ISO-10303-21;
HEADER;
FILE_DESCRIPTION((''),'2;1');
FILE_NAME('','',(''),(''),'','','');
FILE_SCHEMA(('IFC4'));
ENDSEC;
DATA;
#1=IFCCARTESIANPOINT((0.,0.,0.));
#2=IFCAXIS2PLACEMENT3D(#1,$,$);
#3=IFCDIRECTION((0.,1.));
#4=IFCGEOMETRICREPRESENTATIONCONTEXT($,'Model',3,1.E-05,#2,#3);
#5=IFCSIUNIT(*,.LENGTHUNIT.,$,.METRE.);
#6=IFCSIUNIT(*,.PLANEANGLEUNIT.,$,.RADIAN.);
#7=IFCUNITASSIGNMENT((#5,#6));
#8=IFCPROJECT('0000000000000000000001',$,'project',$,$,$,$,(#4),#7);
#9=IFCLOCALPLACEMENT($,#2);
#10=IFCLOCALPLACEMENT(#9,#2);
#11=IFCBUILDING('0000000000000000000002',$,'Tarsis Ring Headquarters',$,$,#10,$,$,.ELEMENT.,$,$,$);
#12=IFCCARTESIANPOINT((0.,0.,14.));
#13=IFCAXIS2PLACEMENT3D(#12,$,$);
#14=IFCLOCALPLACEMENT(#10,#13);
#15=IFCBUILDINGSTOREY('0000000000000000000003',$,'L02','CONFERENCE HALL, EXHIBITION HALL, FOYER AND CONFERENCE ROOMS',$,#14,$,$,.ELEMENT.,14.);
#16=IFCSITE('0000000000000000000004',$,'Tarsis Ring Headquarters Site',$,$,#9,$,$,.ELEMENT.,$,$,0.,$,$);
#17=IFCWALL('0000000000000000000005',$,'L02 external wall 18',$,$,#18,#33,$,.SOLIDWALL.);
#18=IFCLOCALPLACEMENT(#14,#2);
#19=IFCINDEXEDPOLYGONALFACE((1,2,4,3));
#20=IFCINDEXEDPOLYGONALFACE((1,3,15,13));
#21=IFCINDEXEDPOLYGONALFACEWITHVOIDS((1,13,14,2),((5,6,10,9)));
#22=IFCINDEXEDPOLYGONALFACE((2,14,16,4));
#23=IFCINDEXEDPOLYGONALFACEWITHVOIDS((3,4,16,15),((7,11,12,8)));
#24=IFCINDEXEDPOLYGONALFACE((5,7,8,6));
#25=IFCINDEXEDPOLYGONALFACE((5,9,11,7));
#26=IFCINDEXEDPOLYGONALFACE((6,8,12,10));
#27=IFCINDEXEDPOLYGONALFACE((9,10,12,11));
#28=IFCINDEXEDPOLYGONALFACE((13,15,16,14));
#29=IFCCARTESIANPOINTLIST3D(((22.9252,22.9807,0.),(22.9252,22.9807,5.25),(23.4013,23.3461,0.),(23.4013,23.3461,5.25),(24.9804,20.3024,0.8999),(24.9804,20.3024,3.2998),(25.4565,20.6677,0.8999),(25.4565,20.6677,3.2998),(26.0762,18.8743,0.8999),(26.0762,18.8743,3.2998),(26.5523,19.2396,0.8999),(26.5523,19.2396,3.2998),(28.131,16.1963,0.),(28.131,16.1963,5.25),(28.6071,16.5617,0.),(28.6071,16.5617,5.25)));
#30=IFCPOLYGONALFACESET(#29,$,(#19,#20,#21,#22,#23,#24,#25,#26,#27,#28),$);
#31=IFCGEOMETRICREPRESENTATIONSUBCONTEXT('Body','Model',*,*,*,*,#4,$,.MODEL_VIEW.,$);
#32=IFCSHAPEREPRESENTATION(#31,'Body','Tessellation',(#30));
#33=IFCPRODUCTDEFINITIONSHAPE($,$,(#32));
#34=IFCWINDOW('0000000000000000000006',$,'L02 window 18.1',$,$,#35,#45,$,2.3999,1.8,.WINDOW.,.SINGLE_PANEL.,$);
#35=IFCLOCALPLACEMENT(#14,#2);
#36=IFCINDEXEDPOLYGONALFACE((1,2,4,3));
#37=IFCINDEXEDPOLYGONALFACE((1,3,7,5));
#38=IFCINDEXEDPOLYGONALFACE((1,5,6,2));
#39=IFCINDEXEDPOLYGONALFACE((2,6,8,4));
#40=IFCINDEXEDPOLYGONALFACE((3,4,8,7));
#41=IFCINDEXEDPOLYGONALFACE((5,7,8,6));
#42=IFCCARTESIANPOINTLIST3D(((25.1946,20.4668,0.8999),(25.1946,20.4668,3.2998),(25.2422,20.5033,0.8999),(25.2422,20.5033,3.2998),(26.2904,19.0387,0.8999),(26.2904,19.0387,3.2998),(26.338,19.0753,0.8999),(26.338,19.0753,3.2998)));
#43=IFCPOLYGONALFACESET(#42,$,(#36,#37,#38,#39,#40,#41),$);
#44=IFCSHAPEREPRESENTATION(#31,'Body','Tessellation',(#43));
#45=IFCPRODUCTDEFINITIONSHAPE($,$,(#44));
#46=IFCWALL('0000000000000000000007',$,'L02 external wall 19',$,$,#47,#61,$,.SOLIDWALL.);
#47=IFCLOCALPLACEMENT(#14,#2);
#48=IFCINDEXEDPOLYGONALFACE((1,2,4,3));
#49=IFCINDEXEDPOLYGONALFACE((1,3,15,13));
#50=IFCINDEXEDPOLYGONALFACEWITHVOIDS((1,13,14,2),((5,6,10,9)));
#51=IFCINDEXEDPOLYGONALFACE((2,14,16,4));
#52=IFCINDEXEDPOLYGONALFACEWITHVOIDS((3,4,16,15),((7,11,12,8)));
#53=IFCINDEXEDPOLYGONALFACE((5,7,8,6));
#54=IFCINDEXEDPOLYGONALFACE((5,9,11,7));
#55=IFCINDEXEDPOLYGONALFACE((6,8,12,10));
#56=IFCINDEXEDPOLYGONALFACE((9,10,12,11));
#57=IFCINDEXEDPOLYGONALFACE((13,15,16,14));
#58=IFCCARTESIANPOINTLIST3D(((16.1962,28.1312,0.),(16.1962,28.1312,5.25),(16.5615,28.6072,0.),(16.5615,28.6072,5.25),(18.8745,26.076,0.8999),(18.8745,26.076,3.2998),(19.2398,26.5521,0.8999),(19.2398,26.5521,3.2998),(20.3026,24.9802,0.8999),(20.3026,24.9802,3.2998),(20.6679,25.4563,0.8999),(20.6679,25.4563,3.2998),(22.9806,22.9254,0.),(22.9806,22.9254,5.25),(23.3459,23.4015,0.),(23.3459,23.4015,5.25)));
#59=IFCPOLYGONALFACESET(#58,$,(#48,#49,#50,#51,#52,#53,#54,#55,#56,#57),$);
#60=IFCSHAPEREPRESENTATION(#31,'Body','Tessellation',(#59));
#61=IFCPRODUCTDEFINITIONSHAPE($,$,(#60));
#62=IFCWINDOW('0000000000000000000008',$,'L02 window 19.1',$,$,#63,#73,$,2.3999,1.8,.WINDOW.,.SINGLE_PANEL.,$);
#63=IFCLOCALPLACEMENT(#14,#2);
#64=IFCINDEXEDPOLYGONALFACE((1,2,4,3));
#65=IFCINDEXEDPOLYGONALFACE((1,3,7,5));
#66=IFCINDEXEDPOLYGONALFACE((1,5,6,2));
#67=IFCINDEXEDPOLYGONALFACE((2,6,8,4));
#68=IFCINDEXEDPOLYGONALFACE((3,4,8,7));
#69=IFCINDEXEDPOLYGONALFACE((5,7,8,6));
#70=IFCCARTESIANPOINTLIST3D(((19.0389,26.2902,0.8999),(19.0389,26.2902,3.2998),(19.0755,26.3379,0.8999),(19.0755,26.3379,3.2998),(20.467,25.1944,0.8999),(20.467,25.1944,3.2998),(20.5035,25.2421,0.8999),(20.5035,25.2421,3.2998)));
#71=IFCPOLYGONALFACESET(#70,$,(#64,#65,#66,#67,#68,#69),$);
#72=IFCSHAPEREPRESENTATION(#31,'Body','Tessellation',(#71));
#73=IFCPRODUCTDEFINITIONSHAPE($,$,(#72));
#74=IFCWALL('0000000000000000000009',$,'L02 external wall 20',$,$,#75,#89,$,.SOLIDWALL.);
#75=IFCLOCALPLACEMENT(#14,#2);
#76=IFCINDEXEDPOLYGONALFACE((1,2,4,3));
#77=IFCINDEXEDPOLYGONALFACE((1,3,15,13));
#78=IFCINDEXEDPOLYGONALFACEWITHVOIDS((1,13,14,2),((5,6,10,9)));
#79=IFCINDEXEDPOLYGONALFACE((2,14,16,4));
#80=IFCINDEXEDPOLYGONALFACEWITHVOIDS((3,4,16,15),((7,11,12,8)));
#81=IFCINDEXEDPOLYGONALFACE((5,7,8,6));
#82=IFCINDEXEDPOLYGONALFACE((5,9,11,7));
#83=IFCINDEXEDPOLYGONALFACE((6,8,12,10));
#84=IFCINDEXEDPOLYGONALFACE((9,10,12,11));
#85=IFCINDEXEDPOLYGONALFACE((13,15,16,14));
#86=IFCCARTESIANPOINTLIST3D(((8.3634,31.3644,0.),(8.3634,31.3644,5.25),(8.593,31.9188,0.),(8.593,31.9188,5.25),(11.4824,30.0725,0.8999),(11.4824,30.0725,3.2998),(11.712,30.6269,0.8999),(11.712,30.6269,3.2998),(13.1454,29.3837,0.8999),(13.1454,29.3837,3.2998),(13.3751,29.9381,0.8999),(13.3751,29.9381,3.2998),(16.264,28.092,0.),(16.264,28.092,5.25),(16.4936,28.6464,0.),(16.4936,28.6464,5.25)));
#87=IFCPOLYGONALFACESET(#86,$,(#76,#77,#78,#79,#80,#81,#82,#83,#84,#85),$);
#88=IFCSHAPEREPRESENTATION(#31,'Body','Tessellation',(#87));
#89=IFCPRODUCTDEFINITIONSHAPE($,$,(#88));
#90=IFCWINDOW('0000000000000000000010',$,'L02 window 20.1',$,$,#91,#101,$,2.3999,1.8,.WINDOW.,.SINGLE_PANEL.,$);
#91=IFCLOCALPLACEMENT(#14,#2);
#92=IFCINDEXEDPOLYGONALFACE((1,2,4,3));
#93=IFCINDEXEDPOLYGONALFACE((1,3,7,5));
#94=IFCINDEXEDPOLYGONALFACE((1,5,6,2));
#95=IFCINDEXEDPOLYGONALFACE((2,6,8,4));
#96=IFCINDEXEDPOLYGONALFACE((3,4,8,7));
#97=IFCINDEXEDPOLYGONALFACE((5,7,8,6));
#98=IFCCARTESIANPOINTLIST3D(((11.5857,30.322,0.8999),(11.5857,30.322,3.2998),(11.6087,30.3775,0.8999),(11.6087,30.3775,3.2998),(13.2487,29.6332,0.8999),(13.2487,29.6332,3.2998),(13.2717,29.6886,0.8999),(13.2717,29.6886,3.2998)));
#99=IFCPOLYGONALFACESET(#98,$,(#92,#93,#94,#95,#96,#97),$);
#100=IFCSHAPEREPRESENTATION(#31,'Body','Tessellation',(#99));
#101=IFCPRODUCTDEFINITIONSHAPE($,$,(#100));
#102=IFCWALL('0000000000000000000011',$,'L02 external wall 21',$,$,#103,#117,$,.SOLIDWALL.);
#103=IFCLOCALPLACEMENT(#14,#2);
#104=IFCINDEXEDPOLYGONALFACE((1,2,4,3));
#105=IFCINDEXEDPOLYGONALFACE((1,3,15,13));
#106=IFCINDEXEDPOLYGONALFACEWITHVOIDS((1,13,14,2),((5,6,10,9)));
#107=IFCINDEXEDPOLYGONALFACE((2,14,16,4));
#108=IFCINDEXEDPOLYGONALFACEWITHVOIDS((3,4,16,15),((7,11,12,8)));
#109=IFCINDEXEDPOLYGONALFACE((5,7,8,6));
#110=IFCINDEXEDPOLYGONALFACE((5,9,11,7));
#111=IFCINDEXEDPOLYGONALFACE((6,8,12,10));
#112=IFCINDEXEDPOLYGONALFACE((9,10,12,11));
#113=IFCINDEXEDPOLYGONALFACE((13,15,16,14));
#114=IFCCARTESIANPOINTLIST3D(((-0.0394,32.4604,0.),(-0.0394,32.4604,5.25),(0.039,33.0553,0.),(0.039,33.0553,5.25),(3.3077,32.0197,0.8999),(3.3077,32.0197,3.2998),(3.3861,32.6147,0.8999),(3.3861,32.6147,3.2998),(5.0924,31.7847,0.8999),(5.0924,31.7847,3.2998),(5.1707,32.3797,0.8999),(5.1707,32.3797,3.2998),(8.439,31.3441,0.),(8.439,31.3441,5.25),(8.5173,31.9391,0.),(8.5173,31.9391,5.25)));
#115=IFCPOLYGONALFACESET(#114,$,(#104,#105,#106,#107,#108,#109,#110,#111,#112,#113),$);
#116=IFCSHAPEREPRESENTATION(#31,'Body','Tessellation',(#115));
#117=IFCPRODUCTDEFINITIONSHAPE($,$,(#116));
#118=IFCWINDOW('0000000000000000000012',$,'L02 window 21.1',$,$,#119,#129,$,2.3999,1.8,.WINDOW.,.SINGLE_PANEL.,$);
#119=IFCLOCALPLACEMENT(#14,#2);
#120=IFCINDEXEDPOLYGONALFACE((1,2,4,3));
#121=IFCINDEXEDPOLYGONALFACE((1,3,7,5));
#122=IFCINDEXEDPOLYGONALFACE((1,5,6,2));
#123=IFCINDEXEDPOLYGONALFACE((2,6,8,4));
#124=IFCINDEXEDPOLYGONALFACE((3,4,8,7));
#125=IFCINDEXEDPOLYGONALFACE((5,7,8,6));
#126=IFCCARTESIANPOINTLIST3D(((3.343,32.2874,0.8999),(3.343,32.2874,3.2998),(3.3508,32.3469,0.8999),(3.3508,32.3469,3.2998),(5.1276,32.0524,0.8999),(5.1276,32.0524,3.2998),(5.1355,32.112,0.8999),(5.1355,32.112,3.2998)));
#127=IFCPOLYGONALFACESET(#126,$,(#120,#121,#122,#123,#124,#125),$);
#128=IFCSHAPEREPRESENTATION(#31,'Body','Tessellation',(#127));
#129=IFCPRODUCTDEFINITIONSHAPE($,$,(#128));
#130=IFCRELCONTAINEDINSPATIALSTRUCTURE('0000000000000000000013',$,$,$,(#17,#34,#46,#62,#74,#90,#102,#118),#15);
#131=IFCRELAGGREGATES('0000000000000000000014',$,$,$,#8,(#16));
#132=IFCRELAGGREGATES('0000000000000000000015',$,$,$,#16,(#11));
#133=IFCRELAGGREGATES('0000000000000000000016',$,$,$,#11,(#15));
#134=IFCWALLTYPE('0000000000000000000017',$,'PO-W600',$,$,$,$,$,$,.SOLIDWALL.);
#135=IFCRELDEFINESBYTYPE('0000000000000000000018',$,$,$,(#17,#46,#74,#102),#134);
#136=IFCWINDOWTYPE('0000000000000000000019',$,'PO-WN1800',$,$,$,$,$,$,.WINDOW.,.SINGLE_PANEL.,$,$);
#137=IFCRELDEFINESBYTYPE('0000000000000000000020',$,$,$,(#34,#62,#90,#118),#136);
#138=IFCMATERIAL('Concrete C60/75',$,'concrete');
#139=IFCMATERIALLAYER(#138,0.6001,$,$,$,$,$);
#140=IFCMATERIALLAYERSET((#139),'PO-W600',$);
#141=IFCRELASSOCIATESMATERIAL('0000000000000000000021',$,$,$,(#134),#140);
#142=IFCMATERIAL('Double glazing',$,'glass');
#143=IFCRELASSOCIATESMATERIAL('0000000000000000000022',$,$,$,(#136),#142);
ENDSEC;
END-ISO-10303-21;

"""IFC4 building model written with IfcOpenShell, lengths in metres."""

from ifc_helpers import new_model, si_unit, direction, frame, frame_2d, origin, place, context, subcontext, project, spatial, rectangle, extrude, material, layer, layer_set, type_object, element, fill, save


model = new_model("IFC4")

# Units and contexts
model_context = context("Model", 3, precision=1e-05, world=origin(), true_north=direction((0.0, 1.0)))
body_context = subcontext(model_context, "Body", "Model", "MODEL_VIEW")
ifc_project = project(units=[si_unit("LENGTHUNIT", "METRE"), si_unit("PLANEANGLEUNIT", "RADIAN")], contexts=[model_context])

# Site, building, storey
site_placement = place(None, origin())
site = spatial("IfcSite", under=ifc_project, at=site_placement, Name="Tarsis Ring Headquarters Site", CompositionType="ELEMENT", RefElevation=0.0)
building_placement = place(site_placement, origin())
building = spatial("IfcBuilding", under=site, at=building_placement, Name="Tarsis Ring Headquarters", CompositionType="ELEMENT")
storey_placement = place(building_placement, frame((0.0, 0.0, 14.0)))
storey = spatial("IfcBuildingStorey", under=building, at=storey_placement, Name="L02", Description="CONFERENCE HALL, EXHIBITION HALL, FOYER AND CONFERENCE ROOMS", CompositionType="ELEMENT", Elevation=14.0)

# Shared definitions
ifc_material_1 = material(Name="Concrete C60/75", Category="concrete")

# Walls, openings, windows
ifc_layer_1 = layer(ifc_material_1, 0.6001)
ifc_layer_set_1 = layer_set([ifc_layer_1], Name="PO-W600")
wall_type_1 = type_object("IfcWallType", Name="PO-W600", PredefinedType="SOLIDWALL", material=ifc_layer_set_1)
wall_1_placement = place(storey_placement, frame((28.3691, 16.3789, 0.0), z_axis=(0.0, 0.0, 1.0), x_axis=(-0.608757, 0.793357, 0.0)))
wall_1 = element("IfcWall", 1, at=wall_1_placement, inside=storey, type_object=wall_type_1, Name="L02 external wall 18", PredefinedType="SOLIDWALL", context=body_context, shape_type="SweptSolid", body=[
    extrude(rectangle(XDim=8.5515, YDim=0.6001, at=frame_2d((4.2759, 0.0))), origin(), (0.0, 0.0, 1.0), 5.25),
])
opening_1_placement = place(wall_1_placement, frame((3.3757, 0.0, 0.8999)))
opening_1 = element("IfcOpeningElement", 2, at=opening_1_placement, cuts=wall_1, PredefinedType="OPENING", context=body_context, shape_type="SweptSolid", body=[
    extrude(rectangle(XDim=1.8, YDim=2.3999, at=frame_2d((0.8999, 1.2))), frame((0.0, 0.3101, 0.0), z_axis=(0.0, -1.0, 0.0), x_axis=(1.0, 0.0, 0.0)), (0.0, 0.0, 1.0), 0.6201),
])
ifc_material_2 = material(Name="Double glazing", Category="glass")
window_type = type_object("IfcWindowType", Name="PO-WN1800", PartitioningType="SINGLE_PANEL", PredefinedType="WINDOW", material=ifc_material_2)
window_1_placement = place(opening_1_placement, origin())
window_1 = element("IfcWindow", 3, at=window_1_placement, inside=storey, type_object=window_type, Name="L02 window 18.1", OverallHeight=2.3999, OverallWidth=1.8, PartitioningType="SINGLE_PANEL", PredefinedType="WINDOW", context=body_context, shape_type="SweptSolid", body=[
    extrude(rectangle(XDim=1.8, YDim=2.3999, at=frame_2d((0.8999, 1.2))), frame((0.0, 0.03, 0.0), z_axis=(0.0, -1.0, 0.0), x_axis=(1.0, 0.0, 0.0)), (0.0, 0.0, 1.0), 0.0601),
])
fill(opening_1, window_1)
wall_2_placement = place(storey_placement, frame((23.1633, 23.1633, 0.0), z_axis=(0.0, 0.0, 1.0), x_axis=(-0.793357, 0.608757, 0.0)))
wall_2 = element("IfcWall", 4, at=wall_2_placement, inside=storey, type_object=wall_type_1, Name="L02 external wall 19", PredefinedType="SOLIDWALL", context=body_context, shape_type="SweptSolid", body=[
    extrude(rectangle(XDim=8.5515, YDim=0.6001, at=frame_2d((4.2759, 0.0))), origin(), (0.0, 0.0, 1.0), 5.25),
])
opening_2_placement = place(wall_2_placement, frame((3.3757, 0.0, 0.8999)))
opening_2 = element("IfcOpeningElement", 5, at=opening_2_placement, cuts=wall_2, PredefinedType="OPENING", context=body_context, shape_type="SweptSolid", body=[
    extrude(rectangle(XDim=1.8, YDim=2.3999, at=frame_2d((0.8999, 1.2))), frame((0.0, 0.3101, 0.0), z_axis=(0.0, -1.0, 0.0), x_axis=(1.0, 0.0, 0.0)), (0.0, 0.0, 1.0), 0.6201),
])
window_2_placement = place(opening_2_placement, origin())
window_2 = element("IfcWindow", 6, at=window_2_placement, inside=storey, type_object=window_type, Name="L02 window 19.1", OverallHeight=2.3999, OverallWidth=1.8, PartitioningType="SINGLE_PANEL", PredefinedType="WINDOW", context=body_context, shape_type="SweptSolid", body=[
    extrude(rectangle(XDim=1.8, YDim=2.3999, at=frame_2d((0.8999, 1.2))), frame((0.0, 0.03, 0.0), z_axis=(0.0, -1.0, 0.0), x_axis=(1.0, 0.0, 0.0)), (0.0, 0.0, 1.0), 0.0601),
])
fill(opening_2, window_2)
wall_3_placement = place(storey_placement, frame((16.3789, 28.3691, 0.0), z_axis=(0.0, 0.0, 1.0), x_axis=(-0.923883, 0.382675, 0.0)))
wall_3 = element("IfcWall", 7, at=wall_3_placement, inside=storey, type_object=wall_type_1, Name="L02 external wall 20", PredefinedType="SOLIDWALL", context=body_context, shape_type="SweptSolid", body=[
    extrude(rectangle(XDim=8.5515, YDim=0.6001, at=frame_2d((4.2759, 0.0))), origin(), (0.0, 0.0, 1.0), 5.25),
])
opening_3_placement = place(wall_3_placement, frame((3.3757, 0.0, 0.8999)))
opening_3 = element("IfcOpeningElement", 8, at=opening_3_placement, cuts=wall_3, PredefinedType="OPENING", context=body_context, shape_type="SweptSolid", body=[
    extrude(rectangle(XDim=1.8, YDim=2.3999, at=frame_2d((0.8999, 1.2))), frame((0.0, 0.3101, 0.0), z_axis=(0.0, -1.0, 0.0), x_axis=(1.0, 0.0, 0.0)), (0.0, 0.0, 1.0), 0.6201),
])
window_3_placement = place(opening_3_placement, origin())
window_3 = element("IfcWindow", 9, at=window_3_placement, inside=storey, type_object=window_type, Name="L02 window 20.1", OverallHeight=2.3999, OverallWidth=1.8, PartitioningType="SINGLE_PANEL", PredefinedType="WINDOW", context=body_context, shape_type="SweptSolid", body=[
    extrude(rectangle(XDim=1.8, YDim=2.3999, at=frame_2d((0.8999, 1.2))), frame((0.0, 0.03, 0.0), z_axis=(0.0, -1.0, 0.0), x_axis=(1.0, 0.0, 0.0)), (0.0, 0.0, 1.0), 0.0601),
])
fill(opening_3, window_3)
wall_4_placement = place(storey_placement, frame((8.4783, 31.6416, 0.0), z_axis=(0.0, 0.0, 1.0), x_axis=(-0.991444, 0.130529, 0.0)))
wall_4 = element("IfcWall", 10, at=wall_4_placement, inside=storey, type_object=wall_type_1, Name="L02 external wall 21", PredefinedType="SOLIDWALL", context=body_context, shape_type="SweptSolid", body=[
    extrude(rectangle(XDim=8.5515, YDim=0.6001, at=frame_2d((4.2759, 0.0))), origin(), (0.0, 0.0, 1.0), 5.25),
])
opening_4_placement = place(wall_4_placement, frame((3.3757, 0.0, 0.8999)))
opening_4 = element("IfcOpeningElement", 11, at=opening_4_placement, cuts=wall_4, PredefinedType="OPENING", context=body_context, shape_type="SweptSolid", body=[
    extrude(rectangle(XDim=1.8, YDim=2.3999, at=frame_2d((0.8999, 1.2))), frame((0.0, 0.3101, 0.0), z_axis=(0.0, -1.0, 0.0), x_axis=(1.0, 0.0, 0.0)), (0.0, 0.0, 1.0), 0.6201),
])
window_4_placement = place(opening_4_placement, origin())
window_4 = element("IfcWindow", 12, at=window_4_placement, inside=storey, type_object=window_type, Name="L02 window 21.1", OverallHeight=2.3999, OverallWidth=1.8, PartitioningType="SINGLE_PANEL", PredefinedType="WINDOW", context=body_context, shape_type="SweptSolid", body=[
    extrude(rectangle(XDim=1.8, YDim=2.3999, at=frame_2d((0.8999, 1.2))), frame((0.0, 0.03, 0.0), z_axis=(0.0, -1.0, 0.0), x_axis=(1.0, 0.0, 0.0)), (0.0, 0.0, 1.0), 0.0601),
])
fill(opening_4, window_4)

save(model, "model.ifc")
